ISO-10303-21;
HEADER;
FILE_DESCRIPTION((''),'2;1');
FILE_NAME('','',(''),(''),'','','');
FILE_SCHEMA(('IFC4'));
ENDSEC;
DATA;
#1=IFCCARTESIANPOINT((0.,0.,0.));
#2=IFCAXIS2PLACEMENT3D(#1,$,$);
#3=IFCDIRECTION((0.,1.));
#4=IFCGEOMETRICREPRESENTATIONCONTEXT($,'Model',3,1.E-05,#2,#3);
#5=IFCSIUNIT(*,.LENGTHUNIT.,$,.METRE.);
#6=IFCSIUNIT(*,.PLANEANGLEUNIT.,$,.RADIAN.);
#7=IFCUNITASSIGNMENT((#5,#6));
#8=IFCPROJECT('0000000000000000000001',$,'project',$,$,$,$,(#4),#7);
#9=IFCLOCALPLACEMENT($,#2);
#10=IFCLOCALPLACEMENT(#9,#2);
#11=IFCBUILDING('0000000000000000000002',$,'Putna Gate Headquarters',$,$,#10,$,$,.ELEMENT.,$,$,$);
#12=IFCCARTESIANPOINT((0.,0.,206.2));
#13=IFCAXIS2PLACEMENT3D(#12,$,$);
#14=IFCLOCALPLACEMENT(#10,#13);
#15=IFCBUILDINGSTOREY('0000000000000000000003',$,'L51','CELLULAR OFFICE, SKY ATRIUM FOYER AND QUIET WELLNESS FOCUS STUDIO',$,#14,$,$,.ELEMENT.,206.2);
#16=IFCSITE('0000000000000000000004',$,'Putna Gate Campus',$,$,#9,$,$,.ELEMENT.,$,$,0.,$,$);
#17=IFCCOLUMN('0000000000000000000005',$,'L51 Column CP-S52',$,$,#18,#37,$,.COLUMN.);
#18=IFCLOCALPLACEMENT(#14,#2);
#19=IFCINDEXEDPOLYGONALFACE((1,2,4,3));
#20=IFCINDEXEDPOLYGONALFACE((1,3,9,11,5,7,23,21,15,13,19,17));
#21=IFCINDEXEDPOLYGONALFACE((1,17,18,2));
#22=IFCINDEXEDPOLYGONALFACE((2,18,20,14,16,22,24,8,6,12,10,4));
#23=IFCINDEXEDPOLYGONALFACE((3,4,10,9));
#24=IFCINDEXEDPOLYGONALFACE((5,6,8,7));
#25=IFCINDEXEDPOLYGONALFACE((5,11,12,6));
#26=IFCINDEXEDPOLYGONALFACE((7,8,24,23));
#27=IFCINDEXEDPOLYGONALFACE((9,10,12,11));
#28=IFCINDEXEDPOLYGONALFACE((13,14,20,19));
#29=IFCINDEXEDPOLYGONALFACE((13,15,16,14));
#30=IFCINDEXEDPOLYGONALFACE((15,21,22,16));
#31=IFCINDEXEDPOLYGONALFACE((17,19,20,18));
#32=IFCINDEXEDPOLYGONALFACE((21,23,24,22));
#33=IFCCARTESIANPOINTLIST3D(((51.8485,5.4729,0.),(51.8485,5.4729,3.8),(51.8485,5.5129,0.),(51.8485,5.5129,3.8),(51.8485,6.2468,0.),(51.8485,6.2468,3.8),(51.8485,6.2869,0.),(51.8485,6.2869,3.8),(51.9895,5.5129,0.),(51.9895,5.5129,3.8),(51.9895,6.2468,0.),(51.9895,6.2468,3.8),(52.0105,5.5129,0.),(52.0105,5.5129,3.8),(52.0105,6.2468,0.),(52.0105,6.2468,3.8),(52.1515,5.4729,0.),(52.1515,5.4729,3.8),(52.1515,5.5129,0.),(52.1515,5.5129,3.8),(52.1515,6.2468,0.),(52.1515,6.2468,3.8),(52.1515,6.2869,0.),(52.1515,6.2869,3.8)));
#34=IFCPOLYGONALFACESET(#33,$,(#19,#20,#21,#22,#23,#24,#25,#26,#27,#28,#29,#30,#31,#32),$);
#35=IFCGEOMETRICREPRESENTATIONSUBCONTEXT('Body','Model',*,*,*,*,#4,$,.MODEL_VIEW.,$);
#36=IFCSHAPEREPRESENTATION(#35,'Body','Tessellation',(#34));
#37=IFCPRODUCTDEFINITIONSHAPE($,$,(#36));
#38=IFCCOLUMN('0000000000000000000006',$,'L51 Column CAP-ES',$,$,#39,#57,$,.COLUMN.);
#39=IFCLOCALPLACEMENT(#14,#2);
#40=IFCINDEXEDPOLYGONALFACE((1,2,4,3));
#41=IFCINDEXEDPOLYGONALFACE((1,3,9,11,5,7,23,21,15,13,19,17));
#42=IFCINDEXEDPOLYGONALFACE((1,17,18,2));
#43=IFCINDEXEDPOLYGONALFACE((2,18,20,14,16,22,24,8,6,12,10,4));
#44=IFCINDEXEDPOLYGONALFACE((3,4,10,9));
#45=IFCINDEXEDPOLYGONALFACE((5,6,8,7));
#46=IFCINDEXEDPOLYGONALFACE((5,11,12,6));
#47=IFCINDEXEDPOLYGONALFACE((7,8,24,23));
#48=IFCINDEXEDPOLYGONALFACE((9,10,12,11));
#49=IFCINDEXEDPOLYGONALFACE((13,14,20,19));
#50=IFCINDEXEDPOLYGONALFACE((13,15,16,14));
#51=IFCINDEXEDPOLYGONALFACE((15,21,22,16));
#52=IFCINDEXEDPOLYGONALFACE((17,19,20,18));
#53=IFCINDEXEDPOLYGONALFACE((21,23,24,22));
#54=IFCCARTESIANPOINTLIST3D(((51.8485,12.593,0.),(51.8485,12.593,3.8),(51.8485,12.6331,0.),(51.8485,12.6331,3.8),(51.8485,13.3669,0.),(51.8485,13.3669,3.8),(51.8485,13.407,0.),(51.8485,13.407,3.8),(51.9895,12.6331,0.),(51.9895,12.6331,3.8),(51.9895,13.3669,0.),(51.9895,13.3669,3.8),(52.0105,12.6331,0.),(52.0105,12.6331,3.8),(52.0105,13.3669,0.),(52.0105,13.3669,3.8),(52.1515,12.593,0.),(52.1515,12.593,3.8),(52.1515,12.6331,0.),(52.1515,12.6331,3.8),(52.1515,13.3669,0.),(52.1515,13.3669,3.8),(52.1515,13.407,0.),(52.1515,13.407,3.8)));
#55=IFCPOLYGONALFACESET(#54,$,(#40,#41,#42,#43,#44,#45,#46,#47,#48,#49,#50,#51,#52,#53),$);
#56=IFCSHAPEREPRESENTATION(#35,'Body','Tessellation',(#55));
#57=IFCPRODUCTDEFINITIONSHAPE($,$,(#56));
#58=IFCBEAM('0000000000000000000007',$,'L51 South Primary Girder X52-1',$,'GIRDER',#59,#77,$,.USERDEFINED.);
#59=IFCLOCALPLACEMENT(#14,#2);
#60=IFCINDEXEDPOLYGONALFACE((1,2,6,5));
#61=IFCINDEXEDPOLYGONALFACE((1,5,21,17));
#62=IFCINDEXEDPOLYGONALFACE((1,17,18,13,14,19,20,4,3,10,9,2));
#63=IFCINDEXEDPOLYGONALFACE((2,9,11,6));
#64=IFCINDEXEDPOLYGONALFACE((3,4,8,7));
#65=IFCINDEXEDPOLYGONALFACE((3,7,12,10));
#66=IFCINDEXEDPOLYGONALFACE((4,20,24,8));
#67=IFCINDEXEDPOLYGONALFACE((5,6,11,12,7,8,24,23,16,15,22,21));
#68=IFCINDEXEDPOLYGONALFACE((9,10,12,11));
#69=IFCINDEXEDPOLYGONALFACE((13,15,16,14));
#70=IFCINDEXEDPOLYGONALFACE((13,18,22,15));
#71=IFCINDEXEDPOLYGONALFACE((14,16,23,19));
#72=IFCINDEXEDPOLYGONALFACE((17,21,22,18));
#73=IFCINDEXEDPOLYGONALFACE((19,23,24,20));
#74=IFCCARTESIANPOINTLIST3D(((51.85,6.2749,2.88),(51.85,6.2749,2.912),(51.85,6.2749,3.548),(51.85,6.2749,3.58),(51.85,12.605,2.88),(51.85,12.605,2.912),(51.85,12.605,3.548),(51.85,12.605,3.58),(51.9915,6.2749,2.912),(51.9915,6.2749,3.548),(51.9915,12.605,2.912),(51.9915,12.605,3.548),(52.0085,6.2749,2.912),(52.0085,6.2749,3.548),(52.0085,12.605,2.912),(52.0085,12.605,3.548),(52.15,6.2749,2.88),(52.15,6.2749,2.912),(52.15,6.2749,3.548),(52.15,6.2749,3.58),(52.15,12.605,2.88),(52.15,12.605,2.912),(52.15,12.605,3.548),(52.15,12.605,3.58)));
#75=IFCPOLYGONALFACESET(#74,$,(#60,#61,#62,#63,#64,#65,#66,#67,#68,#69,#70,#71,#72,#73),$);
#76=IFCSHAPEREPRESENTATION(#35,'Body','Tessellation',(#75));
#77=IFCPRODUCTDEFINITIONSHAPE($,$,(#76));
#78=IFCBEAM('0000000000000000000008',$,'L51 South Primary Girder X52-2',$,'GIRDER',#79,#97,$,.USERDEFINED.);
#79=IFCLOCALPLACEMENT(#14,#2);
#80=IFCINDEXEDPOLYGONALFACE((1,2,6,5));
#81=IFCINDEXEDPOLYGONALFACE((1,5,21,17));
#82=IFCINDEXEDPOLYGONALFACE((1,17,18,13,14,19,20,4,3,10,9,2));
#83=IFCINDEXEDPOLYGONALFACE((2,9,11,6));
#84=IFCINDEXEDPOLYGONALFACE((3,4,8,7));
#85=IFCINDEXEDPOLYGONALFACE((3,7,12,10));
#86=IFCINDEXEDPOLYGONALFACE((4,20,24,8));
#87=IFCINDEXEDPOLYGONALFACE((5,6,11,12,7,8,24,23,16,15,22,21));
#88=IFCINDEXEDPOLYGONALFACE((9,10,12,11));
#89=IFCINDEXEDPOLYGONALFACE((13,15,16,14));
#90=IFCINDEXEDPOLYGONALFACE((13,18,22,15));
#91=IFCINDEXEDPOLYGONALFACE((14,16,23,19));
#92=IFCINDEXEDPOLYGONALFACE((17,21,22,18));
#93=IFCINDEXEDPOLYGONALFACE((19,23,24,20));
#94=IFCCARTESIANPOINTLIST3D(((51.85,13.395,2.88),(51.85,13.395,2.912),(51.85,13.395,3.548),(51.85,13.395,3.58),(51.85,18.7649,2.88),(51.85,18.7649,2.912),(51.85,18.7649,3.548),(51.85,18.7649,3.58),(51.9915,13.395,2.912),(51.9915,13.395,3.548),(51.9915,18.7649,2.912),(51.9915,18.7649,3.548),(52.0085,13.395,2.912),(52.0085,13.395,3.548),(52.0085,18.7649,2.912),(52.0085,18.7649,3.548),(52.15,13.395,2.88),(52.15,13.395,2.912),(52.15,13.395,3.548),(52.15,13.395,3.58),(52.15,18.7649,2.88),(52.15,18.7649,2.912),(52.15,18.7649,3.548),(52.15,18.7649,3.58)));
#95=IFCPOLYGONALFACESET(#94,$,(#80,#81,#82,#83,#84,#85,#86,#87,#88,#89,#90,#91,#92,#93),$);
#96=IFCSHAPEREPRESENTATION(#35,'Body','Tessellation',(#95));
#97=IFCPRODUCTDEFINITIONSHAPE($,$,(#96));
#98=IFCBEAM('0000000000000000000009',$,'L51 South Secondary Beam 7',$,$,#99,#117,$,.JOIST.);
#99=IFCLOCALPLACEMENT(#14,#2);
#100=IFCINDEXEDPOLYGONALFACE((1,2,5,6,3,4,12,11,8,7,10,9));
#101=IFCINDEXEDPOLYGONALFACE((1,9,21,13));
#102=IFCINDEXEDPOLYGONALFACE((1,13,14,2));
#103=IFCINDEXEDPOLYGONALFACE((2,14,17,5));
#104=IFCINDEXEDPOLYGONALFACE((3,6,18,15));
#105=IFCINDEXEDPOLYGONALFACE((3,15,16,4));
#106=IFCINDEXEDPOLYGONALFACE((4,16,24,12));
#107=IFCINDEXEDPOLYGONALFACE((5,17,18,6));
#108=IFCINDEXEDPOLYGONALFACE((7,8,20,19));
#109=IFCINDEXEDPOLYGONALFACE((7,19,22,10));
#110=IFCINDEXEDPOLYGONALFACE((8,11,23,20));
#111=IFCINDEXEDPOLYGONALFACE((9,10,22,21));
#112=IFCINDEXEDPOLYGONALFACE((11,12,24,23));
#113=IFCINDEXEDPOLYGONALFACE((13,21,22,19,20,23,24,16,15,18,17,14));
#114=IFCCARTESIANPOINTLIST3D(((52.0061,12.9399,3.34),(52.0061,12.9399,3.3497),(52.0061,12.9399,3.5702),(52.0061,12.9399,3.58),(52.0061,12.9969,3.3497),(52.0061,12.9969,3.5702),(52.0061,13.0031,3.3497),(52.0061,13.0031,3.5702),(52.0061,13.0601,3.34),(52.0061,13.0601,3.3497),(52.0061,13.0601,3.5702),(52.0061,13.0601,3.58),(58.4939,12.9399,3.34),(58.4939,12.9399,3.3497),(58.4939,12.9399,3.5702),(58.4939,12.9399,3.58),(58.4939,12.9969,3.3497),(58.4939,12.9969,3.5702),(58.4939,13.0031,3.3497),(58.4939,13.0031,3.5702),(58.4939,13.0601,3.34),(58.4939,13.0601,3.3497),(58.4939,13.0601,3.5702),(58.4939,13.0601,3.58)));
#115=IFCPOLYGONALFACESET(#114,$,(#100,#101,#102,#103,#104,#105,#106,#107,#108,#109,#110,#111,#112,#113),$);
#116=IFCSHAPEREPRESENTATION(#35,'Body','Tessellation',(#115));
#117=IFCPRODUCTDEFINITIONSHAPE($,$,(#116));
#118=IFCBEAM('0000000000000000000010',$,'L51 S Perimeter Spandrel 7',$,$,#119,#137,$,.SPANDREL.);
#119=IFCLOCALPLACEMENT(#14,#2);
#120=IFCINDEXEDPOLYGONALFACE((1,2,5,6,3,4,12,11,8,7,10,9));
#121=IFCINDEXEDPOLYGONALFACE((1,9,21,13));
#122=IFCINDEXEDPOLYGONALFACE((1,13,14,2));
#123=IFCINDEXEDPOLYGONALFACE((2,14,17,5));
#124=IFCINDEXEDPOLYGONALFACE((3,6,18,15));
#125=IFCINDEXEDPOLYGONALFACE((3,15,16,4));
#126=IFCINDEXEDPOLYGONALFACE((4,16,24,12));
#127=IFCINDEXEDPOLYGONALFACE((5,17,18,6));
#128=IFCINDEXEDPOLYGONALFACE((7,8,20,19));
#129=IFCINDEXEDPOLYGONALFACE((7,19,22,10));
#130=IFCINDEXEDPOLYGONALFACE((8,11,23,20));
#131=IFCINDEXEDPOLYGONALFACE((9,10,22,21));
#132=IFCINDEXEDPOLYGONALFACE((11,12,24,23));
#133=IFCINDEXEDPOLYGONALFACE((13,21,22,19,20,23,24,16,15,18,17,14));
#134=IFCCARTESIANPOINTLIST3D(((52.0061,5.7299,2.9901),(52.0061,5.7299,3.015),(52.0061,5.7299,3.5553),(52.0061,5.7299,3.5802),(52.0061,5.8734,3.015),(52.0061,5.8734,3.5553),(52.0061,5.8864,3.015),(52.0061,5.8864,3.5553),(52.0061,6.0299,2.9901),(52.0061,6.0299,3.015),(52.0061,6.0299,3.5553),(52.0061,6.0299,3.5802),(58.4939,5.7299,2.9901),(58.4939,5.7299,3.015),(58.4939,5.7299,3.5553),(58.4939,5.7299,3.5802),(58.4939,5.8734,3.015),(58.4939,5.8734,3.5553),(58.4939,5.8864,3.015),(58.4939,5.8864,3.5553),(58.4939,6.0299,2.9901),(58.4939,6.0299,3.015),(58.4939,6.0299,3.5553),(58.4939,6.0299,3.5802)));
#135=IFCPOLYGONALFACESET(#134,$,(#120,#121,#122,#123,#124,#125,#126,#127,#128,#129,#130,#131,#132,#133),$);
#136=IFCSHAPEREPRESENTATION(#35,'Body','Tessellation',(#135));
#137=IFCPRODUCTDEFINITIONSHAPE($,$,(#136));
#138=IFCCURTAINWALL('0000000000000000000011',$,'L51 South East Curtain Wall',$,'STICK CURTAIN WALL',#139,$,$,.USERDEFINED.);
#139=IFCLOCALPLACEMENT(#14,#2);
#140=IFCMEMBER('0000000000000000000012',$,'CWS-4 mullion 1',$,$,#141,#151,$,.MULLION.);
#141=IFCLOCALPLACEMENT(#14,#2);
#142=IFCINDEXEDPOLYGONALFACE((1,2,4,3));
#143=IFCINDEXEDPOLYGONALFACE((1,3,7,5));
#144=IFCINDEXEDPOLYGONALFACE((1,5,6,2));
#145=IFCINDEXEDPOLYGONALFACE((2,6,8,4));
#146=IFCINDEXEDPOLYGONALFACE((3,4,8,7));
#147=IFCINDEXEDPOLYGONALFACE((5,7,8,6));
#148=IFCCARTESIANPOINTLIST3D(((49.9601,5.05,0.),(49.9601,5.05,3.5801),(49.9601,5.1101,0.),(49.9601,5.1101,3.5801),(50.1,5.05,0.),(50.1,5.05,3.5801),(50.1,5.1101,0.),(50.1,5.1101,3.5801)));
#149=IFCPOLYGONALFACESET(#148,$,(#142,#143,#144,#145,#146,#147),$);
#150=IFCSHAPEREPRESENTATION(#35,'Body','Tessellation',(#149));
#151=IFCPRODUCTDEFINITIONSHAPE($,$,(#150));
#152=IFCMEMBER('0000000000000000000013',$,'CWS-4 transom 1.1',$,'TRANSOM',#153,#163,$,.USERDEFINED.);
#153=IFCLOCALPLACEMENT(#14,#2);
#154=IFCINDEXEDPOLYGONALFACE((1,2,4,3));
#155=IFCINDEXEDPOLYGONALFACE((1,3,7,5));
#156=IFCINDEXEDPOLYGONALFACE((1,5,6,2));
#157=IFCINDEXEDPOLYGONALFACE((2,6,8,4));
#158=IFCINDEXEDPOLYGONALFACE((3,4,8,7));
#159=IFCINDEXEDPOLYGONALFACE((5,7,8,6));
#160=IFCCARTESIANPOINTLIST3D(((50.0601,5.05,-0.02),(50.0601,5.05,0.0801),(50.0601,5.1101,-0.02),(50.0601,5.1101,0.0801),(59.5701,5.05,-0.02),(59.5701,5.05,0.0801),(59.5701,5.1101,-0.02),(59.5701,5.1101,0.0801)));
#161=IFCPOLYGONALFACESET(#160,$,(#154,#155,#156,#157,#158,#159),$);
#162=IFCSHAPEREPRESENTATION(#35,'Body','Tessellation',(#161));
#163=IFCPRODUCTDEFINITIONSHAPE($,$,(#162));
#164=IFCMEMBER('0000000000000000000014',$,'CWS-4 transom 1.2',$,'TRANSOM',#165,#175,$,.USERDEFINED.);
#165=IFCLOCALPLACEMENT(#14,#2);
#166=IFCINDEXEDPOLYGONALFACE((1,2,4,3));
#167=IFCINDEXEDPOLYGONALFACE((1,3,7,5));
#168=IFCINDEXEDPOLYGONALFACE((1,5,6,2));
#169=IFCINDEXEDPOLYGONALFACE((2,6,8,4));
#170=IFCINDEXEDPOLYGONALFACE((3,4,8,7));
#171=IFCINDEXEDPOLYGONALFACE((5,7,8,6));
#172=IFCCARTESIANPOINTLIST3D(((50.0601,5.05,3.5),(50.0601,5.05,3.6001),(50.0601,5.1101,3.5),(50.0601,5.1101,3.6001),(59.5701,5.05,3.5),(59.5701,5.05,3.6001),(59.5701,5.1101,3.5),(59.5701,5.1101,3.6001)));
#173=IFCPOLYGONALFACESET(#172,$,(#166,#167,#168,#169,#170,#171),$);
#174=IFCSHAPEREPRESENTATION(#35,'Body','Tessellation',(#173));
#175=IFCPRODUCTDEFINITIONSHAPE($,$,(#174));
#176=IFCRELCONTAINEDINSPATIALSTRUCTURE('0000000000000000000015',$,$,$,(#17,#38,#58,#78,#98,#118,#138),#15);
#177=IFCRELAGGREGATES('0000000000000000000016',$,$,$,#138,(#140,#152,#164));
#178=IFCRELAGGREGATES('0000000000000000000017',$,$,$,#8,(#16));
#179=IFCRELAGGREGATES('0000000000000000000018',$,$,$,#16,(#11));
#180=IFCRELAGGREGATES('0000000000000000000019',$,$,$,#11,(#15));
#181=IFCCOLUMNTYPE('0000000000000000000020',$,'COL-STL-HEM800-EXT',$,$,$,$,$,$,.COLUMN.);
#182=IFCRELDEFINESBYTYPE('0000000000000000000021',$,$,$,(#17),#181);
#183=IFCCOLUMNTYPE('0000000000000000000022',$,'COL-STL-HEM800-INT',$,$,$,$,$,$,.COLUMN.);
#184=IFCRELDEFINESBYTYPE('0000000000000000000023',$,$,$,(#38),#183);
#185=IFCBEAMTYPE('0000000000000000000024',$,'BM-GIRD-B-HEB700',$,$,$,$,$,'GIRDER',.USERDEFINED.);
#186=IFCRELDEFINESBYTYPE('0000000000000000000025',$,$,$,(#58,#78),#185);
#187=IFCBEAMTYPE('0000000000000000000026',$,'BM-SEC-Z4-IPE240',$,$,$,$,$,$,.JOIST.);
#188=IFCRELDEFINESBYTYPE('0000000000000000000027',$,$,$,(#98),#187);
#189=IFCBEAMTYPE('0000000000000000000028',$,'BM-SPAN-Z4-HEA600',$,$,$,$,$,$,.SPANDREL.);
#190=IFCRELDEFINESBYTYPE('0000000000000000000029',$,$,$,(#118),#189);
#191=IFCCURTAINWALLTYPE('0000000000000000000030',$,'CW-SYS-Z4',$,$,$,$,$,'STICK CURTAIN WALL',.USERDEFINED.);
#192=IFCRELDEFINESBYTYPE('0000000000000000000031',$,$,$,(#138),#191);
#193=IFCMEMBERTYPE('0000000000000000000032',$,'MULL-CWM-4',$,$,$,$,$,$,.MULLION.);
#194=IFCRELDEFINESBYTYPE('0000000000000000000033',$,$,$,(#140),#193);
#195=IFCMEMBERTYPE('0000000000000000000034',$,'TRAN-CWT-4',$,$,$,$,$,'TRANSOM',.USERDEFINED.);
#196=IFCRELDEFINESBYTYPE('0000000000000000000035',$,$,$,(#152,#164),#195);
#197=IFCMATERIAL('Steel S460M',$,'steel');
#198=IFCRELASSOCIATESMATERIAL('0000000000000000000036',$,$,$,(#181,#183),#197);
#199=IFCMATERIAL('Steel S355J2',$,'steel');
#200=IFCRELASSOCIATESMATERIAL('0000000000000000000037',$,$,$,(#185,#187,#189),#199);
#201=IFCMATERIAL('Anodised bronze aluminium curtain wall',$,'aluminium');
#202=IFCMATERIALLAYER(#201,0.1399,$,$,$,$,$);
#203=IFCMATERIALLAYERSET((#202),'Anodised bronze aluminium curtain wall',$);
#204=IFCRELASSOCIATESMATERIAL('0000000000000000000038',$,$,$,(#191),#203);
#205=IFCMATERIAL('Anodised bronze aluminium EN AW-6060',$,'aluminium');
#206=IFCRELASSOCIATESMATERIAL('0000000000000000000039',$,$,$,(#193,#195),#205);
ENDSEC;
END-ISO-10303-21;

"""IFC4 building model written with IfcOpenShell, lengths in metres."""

from ifc_helpers import new_model, si_unit, direction, frame, origin, origin_2d, place, context, subcontext, project, spatial, rectangle, i_section, extrude, material, layer, layer_set, material_profile, profile_set, type_object, element, aggregate, save


model = new_model("IFC4")

# Units and contexts
model_context = context("Model", 3, precision=1e-05, world=origin(), true_north=direction((0.0, 1.0)))
body_context = subcontext(model_context, "Body", "Model", "MODEL_VIEW")
ifc_project = project(units=[si_unit("LENGTHUNIT", "METRE"), si_unit("PLANEANGLEUNIT", "RADIAN")], contexts=[model_context])

# Site, building, storey
site_placement = place(None, origin())
site = spatial("IfcSite", under=ifc_project, at=site_placement, Name="Putna Gate Campus", CompositionType="ELEMENT", RefElevation=0.0)
building_placement = place(site_placement, origin())
building = spatial("IfcBuilding", under=site, at=building_placement, Name="Putna Gate Headquarters", CompositionType="ELEMENT")
storey_placement = place(building_placement, frame((0.0, 0.0, 206.2)))
storey = spatial("IfcBuildingStorey", under=building, at=storey_placement, Name="L51", Description="CELLULAR OFFICE, SKY ATRIUM FOYER AND QUIET WELLNESS FOCUS STUDIO", CompositionType="ELEMENT", Elevation=206.2)

# Columns
ifc_material_1 = material(Name="Steel S460M", Category="steel")
ifc_material_profile_1 = material_profile(ifc_material_1, i_section(OverallWidth=0.303, OverallDepth=0.814, WebThickness=0.021, FlangeThickness=0.04, at=origin_2d()), Name="Steel S460M")
ifc_profile_set_1 = profile_set([ifc_material_profile_1], Name="Steel S460M")
column_type_1 = type_object("IfcColumnType", Name="COL-STL-HEM800-EXT", PredefinedType="COLUMN", material=ifc_profile_set_1)
column_1_placement = place(storey_placement, frame((52.0, 5.8799, 0.0), z_axis=(0.0, 0.0, 1.0), x_axis=(1.0, 0.0, 0.0)))
element("IfcColumn", 1, at=column_1_placement, inside=storey, type_object=column_type_1, Name="L51 Column CP-S52", PredefinedType="COLUMN", context=body_context, shape_type="SweptSolid", body=[
    extrude(i_section(OverallWidth=0.303, OverallDepth=0.814, WebThickness=0.021, FlangeThickness=0.04, at=origin_2d()), origin(), (0.0, 0.0, 1.0), 3.8),
])
ifc_material_profile_2 = material_profile(ifc_material_1, i_section(OverallWidth=0.303, OverallDepth=0.814, WebThickness=0.021, FlangeThickness=0.04, at=origin_2d()), Name="Steel S460M")
ifc_profile_set_2 = profile_set([ifc_material_profile_2], Name="Steel S460M")
column_type_2 = type_object("IfcColumnType", Name="COL-STL-HEM800-INT", PredefinedType="COLUMN", material=ifc_profile_set_2)
column_2_placement = place(storey_placement, frame((52.0, 13.0, 0.0), z_axis=(0.0, 0.0, 1.0), x_axis=(1.0, 0.0, 0.0)))
element("IfcColumn", 2, at=column_2_placement, inside=storey, type_object=column_type_2, Name="L51 Column CAP-ES", PredefinedType="COLUMN", context=body_context, shape_type="SweptSolid", body=[
    extrude(i_section(OverallWidth=0.303, OverallDepth=0.814, WebThickness=0.021, FlangeThickness=0.04, at=origin_2d()), origin(), (0.0, 0.0, 1.0), 3.8),
])

# Beams
ifc_material_2 = material(Name="Steel S355J2", Category="steel")
ifc_material_profile_3 = material_profile(ifc_material_2, i_section(OverallWidth=0.3, OverallDepth=0.7, WebThickness=0.0171, FlangeThickness=0.032, at=origin_2d()), Name="Steel S355J2")
ifc_profile_set_3 = profile_set([ifc_material_profile_3], Name="Steel S355J2")
beam_type_1 = type_object("IfcBeamType", Name="BM-GIRD-B-HEB700", ElementType="GIRDER", PredefinedType="USERDEFINED", material=ifc_profile_set_3)
beam_1_placement = place(storey_placement, frame((52.0, 6.2749, 3.23), z_axis=(0.0, 1.0, 0.0), x_axis=(-1.0, 0.0, 0.0)))
element("IfcBeam", 3, at=beam_1_placement, inside=storey, type_object=beam_type_1, Name="L51 South Primary Girder X52-1", ObjectType="GIRDER", PredefinedType="USERDEFINED", context=body_context, shape_type="SweptSolid", body=[
    extrude(i_section(OverallWidth=0.3, OverallDepth=0.7, WebThickness=0.0171, FlangeThickness=0.032, at=origin_2d()), origin(), (0.0, 0.0, 1.0), 6.3301),
])
beam_2_placement = place(storey_placement, frame((52.0, 13.395, 3.23), z_axis=(0.0, 1.0, 0.0), x_axis=(-1.0, 0.0, 0.0)))
element("IfcBeam", 4, at=beam_2_placement, inside=storey, type_object=beam_type_1, Name="L51 South Primary Girder X52-2", ObjectType="GIRDER", PredefinedType="USERDEFINED", context=body_context, shape_type="SweptSolid", body=[
    extrude(i_section(OverallWidth=0.3, OverallDepth=0.7, WebThickness=0.0171, FlangeThickness=0.032, at=origin_2d()), origin(), (0.0, 0.0, 1.0), 5.3699),
])
ifc_material_profile_4 = material_profile(ifc_material_2, i_section(OverallWidth=0.1201, OverallDepth=0.24, WebThickness=0.0061, FlangeThickness=0.0098, at=origin_2d()), Name="Steel S355J2")
ifc_profile_set_4 = profile_set([ifc_material_profile_4], Name="Steel S355J2")
beam_type_2 = type_object("IfcBeamType", Name="BM-SEC-Z4-IPE240", PredefinedType="JOIST", material=ifc_profile_set_4)
beam_3_placement = place(storey_placement, frame((52.0061, 13.0, 3.46), z_axis=(1.0, 0.0, 0.0), x_axis=(0.0, 1.0, 0.0)))
element("IfcBeam", 5, at=beam_3_placement, inside=storey, type_object=beam_type_2, Name="L51 South Secondary Beam 7", PredefinedType="JOIST", context=body_context, shape_type="SweptSolid", body=[
    extrude(i_section(OverallWidth=0.1201, OverallDepth=0.24, WebThickness=0.0061, FlangeThickness=0.0098, at=origin_2d()), origin(), (0.0, 0.0, 1.0), 6.4878),
])
ifc_material_profile_5 = material_profile(ifc_material_2, i_section(OverallWidth=0.3, OverallDepth=0.5901, WebThickness=0.0129, FlangeThickness=0.0249, at=origin_2d()), Name="Steel S355J2")
ifc_profile_set_5 = profile_set([ifc_material_profile_5], Name="Steel S355J2")
beam_type_3 = type_object("IfcBeamType", Name="BM-SPAN-Z4-HEA600", PredefinedType="SPANDREL", material=ifc_profile_set_5)
beam_4_placement = place(storey_placement, frame((52.0061, 5.8799, 3.2852), z_axis=(1.0, 0.0, 0.0), x_axis=(0.0, 1.0, 0.0)))
element("IfcBeam", 6, at=beam_4_placement, inside=storey, type_object=beam_type_3, Name="L51 S Perimeter Spandrel 7", PredefinedType="SPANDREL", context=body_context, shape_type="SweptSolid", body=[
    extrude(i_section(OverallWidth=0.3, OverallDepth=0.5901, WebThickness=0.0129, FlangeThickness=0.0249, at=origin_2d()), origin(), (0.0, 0.0, 1.0), 6.4878),
])

# Curtain wall, members
ifc_material_3 = material(Name="Anodised bronze aluminium curtain wall", Category="aluminium")
ifc_layer_1 = layer(ifc_material_3, 0.1399)
ifc_layer_set_1 = layer_set([ifc_layer_1], Name="Anodised bronze aluminium curtain wall")
curtain_wall_type = type_object("IfcCurtainWallType", Name="CW-SYS-Z4", ElementType="STICK CURTAIN WALL", PredefinedType="USERDEFINED", material=ifc_layer_set_1)
curtain_wall_placement = place(storey_placement, origin())
curtain_wall = element("IfcCurtainWall", 7, at=curtain_wall_placement, inside=storey, type_object=curtain_wall_type, Name="L51 South East Curtain Wall", ObjectType="STICK CURTAIN WALL", PredefinedType="USERDEFINED")
ifc_material_4 = material(Name="Anodised bronze aluminium EN AW-6060", Category="aluminium")
ifc_material_profile_6 = material_profile(ifc_material_4, rectangle(XDim=0.0601, YDim=0.1399, at=origin_2d()), Name="Anodised bronze aluminium EN AW-6060")
ifc_profile_set_6 = profile_set([ifc_material_profile_6], Name="Anodised bronze aluminium EN AW-6060")
member_type_1 = type_object("IfcMemberType", Name="MULL-CWM-4", PredefinedType="MULLION", material=ifc_profile_set_6)
member_1_placement = place(storey_placement, frame((50.03, 5.0801, 0.0), z_axis=(0.0, 0.0, 1.0), x_axis=(0.0, 1.0, 0.0)))
member_1 = element("IfcMember", 8, at=member_1_placement, type_object=member_type_1, Name="CWS-4 mullion 1", PredefinedType="MULLION", context=body_context, shape_type="SweptSolid", body=[
    extrude(rectangle(XDim=0.0601, YDim=0.1399, at=origin_2d()), origin(), (0.0, 0.0, 1.0), 3.5801),
])
ifc_material_profile_7 = material_profile(ifc_material_4, rectangle(XDim=0.0601, YDim=0.1001, at=origin_2d()), Name="Anodised bronze aluminium EN AW-6060")
ifc_profile_set_7 = profile_set([ifc_material_profile_7], Name="Anodised bronze aluminium EN AW-6060")
member_type_2 = type_object("IfcMemberType", Name="TRAN-CWT-4", ElementType="TRANSOM", PredefinedType="USERDEFINED", material=ifc_profile_set_7)
member_2_placement = place(storey_placement, frame((50.0601, 5.0801, 0.03), z_axis=(1.0, 0.0, 0.0), x_axis=(0.0, 1.0, 0.0)))
member_2 = element("IfcMember", 9, at=member_2_placement, type_object=member_type_2, Name="CWS-4 transom 1.1", ObjectType="TRANSOM", PredefinedType="USERDEFINED", context=body_context, shape_type="SweptSolid", body=[
    extrude(rectangle(XDim=0.0601, YDim=0.1001, at=origin_2d()), origin(), (0.0, 0.0, 1.0), 9.51),
])
member_3_placement = place(storey_placement, frame((50.0601, 5.0801, 3.55), z_axis=(1.0, 0.0, 0.0), x_axis=(0.0, 1.0, 0.0)))
member_3 = element("IfcMember", 10, at=member_3_placement, type_object=member_type_2, Name="CWS-4 transom 1.2", ObjectType="TRANSOM", PredefinedType="USERDEFINED", context=body_context, shape_type="SweptSolid", body=[
    extrude(rectangle(XDim=0.0601, YDim=0.1001, at=origin_2d()), origin(), (0.0, 0.0, 1.0), 9.51),
])
aggregate(curtain_wall, [member_1, member_2, member_3])

save(model, "model.ifc")
